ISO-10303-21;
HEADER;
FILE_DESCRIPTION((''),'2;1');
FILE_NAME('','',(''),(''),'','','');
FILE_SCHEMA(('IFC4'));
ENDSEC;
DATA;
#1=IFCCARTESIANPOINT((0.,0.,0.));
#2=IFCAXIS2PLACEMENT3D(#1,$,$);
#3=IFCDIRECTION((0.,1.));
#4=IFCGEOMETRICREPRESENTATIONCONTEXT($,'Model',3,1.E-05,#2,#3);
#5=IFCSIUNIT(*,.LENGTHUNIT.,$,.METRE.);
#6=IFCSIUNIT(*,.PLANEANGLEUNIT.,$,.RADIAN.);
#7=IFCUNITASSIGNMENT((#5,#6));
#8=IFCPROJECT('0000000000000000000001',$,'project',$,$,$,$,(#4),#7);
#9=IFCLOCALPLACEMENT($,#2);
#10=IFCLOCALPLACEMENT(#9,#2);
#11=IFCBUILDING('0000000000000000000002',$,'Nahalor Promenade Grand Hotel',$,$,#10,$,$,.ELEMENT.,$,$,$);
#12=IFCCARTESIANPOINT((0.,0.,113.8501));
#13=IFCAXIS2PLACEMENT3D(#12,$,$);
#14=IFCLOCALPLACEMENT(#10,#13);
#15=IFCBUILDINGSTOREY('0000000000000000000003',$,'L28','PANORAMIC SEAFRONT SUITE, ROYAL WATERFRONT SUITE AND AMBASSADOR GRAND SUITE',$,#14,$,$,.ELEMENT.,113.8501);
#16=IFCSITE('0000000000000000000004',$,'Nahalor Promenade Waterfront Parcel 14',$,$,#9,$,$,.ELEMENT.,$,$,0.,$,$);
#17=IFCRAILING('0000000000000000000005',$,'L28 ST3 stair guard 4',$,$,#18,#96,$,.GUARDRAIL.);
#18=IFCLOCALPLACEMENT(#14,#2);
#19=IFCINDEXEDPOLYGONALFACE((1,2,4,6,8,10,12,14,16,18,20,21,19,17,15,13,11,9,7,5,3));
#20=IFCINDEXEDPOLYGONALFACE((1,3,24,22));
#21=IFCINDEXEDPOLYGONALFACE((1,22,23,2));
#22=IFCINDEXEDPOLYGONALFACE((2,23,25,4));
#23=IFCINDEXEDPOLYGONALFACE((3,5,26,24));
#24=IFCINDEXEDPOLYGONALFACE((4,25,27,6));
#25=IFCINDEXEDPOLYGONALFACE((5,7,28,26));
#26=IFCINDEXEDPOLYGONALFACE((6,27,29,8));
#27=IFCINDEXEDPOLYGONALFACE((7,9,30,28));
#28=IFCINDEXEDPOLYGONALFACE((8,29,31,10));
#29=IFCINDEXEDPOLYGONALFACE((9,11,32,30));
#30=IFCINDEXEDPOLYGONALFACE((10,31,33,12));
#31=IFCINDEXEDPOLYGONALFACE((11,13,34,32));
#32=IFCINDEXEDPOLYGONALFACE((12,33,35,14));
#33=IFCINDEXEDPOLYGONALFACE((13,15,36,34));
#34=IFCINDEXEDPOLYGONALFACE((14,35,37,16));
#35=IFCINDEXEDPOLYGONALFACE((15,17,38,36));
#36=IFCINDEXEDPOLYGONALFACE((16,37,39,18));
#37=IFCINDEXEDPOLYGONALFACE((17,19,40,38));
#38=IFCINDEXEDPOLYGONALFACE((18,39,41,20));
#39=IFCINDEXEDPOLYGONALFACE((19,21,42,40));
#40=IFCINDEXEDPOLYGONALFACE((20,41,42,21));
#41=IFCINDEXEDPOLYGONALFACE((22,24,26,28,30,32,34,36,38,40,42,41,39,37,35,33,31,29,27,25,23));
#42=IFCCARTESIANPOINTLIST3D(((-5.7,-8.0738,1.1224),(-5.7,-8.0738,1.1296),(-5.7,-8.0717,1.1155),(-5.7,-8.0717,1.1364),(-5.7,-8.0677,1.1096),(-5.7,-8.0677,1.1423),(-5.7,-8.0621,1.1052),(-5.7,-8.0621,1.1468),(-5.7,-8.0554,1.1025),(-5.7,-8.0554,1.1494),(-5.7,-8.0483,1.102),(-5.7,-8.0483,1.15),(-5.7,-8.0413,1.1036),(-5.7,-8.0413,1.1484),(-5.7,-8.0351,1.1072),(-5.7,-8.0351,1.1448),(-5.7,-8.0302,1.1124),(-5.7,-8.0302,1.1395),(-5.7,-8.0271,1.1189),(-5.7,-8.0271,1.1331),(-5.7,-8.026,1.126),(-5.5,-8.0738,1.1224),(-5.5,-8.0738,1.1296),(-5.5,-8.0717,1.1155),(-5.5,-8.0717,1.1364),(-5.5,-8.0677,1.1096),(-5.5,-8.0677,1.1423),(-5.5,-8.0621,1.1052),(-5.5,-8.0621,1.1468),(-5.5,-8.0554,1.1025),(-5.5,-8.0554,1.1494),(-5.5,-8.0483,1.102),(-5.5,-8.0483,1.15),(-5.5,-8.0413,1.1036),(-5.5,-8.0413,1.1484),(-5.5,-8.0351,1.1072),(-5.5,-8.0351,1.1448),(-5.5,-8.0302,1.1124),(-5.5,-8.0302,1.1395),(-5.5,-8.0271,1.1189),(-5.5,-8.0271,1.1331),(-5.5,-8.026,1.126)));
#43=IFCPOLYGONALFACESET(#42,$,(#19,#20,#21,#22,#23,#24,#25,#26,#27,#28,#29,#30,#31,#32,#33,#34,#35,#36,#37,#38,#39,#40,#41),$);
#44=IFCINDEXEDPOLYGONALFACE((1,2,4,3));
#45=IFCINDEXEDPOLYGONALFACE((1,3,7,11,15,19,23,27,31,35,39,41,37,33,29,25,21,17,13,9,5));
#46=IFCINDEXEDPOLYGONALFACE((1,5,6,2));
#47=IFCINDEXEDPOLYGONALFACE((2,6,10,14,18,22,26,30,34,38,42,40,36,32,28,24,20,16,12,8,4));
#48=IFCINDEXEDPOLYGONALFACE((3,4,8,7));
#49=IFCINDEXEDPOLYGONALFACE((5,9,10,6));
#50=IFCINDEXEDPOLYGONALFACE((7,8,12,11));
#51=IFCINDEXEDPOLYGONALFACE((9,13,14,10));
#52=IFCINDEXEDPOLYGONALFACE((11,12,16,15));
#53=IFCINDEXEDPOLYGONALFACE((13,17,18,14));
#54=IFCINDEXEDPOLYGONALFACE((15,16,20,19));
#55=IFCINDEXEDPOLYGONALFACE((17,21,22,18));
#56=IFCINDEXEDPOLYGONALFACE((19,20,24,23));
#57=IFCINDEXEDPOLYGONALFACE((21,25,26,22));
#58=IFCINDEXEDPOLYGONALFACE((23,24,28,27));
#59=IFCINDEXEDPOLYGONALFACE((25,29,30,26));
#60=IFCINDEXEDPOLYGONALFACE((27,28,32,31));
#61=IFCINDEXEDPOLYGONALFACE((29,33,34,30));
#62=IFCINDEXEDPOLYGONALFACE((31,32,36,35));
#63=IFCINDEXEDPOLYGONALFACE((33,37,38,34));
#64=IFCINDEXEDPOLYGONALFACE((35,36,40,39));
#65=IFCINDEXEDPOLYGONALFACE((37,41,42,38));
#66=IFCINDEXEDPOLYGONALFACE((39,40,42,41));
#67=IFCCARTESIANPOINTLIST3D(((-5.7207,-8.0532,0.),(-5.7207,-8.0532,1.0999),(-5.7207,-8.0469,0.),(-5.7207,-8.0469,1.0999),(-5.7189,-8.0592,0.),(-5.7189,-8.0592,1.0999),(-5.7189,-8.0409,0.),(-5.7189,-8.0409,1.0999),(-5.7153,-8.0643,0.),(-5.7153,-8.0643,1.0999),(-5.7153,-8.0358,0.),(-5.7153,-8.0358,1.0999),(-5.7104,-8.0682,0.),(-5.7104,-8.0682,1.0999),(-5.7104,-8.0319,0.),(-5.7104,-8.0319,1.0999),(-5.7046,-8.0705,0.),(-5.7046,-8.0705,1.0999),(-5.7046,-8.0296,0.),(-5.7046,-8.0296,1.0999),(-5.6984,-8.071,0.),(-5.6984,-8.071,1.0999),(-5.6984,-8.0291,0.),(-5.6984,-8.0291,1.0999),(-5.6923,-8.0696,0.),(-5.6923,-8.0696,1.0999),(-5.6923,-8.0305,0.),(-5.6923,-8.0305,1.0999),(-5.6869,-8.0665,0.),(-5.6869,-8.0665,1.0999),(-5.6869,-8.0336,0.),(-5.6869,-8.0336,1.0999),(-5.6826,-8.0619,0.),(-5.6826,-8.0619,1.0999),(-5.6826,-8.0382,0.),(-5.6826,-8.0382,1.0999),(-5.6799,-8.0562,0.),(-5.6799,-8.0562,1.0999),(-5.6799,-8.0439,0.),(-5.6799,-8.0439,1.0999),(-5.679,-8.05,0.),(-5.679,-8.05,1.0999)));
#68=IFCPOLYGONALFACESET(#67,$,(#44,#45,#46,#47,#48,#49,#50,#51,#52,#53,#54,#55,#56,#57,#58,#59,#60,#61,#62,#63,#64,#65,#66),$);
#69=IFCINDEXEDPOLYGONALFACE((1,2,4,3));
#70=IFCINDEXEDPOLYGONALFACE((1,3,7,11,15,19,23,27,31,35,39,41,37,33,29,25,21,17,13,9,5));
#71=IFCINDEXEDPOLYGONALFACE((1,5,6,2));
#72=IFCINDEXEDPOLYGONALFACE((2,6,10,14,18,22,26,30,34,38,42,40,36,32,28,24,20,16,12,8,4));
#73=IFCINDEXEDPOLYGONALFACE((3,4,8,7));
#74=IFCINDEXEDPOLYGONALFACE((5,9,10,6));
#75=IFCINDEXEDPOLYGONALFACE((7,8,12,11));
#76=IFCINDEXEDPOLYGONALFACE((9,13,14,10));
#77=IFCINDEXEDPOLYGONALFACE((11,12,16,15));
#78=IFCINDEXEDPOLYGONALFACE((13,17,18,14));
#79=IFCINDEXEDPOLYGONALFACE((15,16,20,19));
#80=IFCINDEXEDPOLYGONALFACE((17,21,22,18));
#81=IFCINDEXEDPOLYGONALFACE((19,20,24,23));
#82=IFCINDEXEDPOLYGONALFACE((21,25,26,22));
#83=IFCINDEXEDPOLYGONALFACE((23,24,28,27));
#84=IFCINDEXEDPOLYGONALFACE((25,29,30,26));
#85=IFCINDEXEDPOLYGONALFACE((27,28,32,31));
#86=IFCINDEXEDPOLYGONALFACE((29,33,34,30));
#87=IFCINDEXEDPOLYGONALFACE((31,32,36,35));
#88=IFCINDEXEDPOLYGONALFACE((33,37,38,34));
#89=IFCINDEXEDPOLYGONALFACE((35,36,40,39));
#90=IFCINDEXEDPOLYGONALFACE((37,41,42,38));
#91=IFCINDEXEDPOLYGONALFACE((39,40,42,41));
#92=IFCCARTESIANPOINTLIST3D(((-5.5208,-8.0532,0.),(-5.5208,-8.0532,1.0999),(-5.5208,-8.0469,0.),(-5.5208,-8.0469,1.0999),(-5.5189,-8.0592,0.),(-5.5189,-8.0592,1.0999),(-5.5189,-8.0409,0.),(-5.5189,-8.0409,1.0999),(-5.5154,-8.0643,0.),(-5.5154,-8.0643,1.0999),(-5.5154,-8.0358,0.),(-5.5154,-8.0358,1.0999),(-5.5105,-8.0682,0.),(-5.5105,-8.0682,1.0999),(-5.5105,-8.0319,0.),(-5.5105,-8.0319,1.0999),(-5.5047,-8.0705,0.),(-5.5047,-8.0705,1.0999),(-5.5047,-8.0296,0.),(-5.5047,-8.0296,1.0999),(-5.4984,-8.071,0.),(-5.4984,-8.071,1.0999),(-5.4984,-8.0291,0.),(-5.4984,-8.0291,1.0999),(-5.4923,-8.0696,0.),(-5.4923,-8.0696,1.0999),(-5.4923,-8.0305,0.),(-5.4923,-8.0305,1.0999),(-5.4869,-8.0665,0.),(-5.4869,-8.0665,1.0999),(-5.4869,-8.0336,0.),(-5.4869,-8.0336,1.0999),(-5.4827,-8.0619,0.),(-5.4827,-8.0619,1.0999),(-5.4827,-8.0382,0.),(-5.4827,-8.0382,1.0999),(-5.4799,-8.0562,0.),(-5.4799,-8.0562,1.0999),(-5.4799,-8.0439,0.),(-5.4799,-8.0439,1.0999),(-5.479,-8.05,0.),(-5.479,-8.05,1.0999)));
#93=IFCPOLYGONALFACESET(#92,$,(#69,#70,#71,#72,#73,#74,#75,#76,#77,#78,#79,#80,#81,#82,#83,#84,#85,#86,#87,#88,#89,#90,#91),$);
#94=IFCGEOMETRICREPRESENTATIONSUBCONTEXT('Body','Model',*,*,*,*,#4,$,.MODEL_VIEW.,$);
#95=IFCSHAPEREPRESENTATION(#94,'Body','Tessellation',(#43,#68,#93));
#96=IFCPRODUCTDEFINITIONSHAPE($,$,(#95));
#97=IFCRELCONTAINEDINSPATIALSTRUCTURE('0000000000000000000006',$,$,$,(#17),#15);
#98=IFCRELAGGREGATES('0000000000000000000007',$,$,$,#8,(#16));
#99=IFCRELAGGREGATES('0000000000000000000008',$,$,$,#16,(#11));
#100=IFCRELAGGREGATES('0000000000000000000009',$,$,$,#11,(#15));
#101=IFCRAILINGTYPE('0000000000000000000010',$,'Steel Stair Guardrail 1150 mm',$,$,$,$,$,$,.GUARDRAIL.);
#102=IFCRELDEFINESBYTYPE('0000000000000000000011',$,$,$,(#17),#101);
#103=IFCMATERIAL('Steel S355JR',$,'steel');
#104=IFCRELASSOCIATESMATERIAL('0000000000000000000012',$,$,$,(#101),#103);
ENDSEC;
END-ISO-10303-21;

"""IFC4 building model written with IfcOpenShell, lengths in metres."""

from ifc_helpers import new_model, si_unit, direction, frame, origin, origin_2d, place, context, subcontext, project, spatial, circle, extrude, material, type_object, element, save


model = new_model("IFC4")

# Units and contexts
model_context = context("Model", 3, precision=1e-05, world=origin(), true_north=direction((0.0, 1.0)))
body_context = subcontext(model_context, "Body", "Model", "MODEL_VIEW")
ifc_project = project(units=[si_unit("LENGTHUNIT", "METRE"), si_unit("PLANEANGLEUNIT", "RADIAN")], contexts=[model_context])

# Site, building, storey
site_placement = place(None, origin())
site = spatial("IfcSite", under=ifc_project, at=site_placement, Name="Nahalor Promenade Waterfront Parcel 14", CompositionType="ELEMENT", RefElevation=0.0)
building_placement = place(site_placement, origin())
building = spatial("IfcBuilding", under=site, at=building_placement, Name="Nahalor Promenade Grand Hotel", CompositionType="ELEMENT")
storey_placement = place(building_placement, frame((0.0, 0.0, 113.8501)))
storey = spatial("IfcBuildingStorey", under=building, at=storey_placement, Name="L28", Description="PANORAMIC SEAFRONT SUITE, ROYAL WATERFRONT SUITE AND AMBASSADOR GRAND SUITE", CompositionType="ELEMENT", Elevation=113.8501)

# Shared definitions
ifc_material_1 = material(Name="Steel S355JR", Category="steel")

# Railing
railing_type_1 = type_object("IfcRailingType", Name="Steel Stair Guardrail 1150 mm", PredefinedType="GUARDRAIL", material=ifc_material_1)
railing_1_placement = place(storey_placement, frame((-5.7, -8.05, 0.0)))
element("IfcRailing", 1, at=railing_1_placement, inside=storey, type_object=railing_type_1, Name="L28 ST3 stair guard 4", PredefinedType="GUARDRAIL", context=body_context, shape_type="SweptSolid", body=[
    extrude(circle(Radius=0.024, at=origin_2d()), frame((0.0, 0.0, 1.126), z_axis=(1.0, 0.0, 0.0), x_axis=(0.0, 1.0, 0.0)), (0.0, 0.0, 1.0), 0.2),
    extrude(circle(Radius=0.021, at=origin_2d()), origin(), (0.0, 0.0, 1.0), 1.0999),
    extrude(circle(Radius=0.021, at=origin_2d()), frame((0.2, 0.0, 0.0)), (0.0, 0.0, 1.0), 1.0999),
])

save(model, "model.ifc")
